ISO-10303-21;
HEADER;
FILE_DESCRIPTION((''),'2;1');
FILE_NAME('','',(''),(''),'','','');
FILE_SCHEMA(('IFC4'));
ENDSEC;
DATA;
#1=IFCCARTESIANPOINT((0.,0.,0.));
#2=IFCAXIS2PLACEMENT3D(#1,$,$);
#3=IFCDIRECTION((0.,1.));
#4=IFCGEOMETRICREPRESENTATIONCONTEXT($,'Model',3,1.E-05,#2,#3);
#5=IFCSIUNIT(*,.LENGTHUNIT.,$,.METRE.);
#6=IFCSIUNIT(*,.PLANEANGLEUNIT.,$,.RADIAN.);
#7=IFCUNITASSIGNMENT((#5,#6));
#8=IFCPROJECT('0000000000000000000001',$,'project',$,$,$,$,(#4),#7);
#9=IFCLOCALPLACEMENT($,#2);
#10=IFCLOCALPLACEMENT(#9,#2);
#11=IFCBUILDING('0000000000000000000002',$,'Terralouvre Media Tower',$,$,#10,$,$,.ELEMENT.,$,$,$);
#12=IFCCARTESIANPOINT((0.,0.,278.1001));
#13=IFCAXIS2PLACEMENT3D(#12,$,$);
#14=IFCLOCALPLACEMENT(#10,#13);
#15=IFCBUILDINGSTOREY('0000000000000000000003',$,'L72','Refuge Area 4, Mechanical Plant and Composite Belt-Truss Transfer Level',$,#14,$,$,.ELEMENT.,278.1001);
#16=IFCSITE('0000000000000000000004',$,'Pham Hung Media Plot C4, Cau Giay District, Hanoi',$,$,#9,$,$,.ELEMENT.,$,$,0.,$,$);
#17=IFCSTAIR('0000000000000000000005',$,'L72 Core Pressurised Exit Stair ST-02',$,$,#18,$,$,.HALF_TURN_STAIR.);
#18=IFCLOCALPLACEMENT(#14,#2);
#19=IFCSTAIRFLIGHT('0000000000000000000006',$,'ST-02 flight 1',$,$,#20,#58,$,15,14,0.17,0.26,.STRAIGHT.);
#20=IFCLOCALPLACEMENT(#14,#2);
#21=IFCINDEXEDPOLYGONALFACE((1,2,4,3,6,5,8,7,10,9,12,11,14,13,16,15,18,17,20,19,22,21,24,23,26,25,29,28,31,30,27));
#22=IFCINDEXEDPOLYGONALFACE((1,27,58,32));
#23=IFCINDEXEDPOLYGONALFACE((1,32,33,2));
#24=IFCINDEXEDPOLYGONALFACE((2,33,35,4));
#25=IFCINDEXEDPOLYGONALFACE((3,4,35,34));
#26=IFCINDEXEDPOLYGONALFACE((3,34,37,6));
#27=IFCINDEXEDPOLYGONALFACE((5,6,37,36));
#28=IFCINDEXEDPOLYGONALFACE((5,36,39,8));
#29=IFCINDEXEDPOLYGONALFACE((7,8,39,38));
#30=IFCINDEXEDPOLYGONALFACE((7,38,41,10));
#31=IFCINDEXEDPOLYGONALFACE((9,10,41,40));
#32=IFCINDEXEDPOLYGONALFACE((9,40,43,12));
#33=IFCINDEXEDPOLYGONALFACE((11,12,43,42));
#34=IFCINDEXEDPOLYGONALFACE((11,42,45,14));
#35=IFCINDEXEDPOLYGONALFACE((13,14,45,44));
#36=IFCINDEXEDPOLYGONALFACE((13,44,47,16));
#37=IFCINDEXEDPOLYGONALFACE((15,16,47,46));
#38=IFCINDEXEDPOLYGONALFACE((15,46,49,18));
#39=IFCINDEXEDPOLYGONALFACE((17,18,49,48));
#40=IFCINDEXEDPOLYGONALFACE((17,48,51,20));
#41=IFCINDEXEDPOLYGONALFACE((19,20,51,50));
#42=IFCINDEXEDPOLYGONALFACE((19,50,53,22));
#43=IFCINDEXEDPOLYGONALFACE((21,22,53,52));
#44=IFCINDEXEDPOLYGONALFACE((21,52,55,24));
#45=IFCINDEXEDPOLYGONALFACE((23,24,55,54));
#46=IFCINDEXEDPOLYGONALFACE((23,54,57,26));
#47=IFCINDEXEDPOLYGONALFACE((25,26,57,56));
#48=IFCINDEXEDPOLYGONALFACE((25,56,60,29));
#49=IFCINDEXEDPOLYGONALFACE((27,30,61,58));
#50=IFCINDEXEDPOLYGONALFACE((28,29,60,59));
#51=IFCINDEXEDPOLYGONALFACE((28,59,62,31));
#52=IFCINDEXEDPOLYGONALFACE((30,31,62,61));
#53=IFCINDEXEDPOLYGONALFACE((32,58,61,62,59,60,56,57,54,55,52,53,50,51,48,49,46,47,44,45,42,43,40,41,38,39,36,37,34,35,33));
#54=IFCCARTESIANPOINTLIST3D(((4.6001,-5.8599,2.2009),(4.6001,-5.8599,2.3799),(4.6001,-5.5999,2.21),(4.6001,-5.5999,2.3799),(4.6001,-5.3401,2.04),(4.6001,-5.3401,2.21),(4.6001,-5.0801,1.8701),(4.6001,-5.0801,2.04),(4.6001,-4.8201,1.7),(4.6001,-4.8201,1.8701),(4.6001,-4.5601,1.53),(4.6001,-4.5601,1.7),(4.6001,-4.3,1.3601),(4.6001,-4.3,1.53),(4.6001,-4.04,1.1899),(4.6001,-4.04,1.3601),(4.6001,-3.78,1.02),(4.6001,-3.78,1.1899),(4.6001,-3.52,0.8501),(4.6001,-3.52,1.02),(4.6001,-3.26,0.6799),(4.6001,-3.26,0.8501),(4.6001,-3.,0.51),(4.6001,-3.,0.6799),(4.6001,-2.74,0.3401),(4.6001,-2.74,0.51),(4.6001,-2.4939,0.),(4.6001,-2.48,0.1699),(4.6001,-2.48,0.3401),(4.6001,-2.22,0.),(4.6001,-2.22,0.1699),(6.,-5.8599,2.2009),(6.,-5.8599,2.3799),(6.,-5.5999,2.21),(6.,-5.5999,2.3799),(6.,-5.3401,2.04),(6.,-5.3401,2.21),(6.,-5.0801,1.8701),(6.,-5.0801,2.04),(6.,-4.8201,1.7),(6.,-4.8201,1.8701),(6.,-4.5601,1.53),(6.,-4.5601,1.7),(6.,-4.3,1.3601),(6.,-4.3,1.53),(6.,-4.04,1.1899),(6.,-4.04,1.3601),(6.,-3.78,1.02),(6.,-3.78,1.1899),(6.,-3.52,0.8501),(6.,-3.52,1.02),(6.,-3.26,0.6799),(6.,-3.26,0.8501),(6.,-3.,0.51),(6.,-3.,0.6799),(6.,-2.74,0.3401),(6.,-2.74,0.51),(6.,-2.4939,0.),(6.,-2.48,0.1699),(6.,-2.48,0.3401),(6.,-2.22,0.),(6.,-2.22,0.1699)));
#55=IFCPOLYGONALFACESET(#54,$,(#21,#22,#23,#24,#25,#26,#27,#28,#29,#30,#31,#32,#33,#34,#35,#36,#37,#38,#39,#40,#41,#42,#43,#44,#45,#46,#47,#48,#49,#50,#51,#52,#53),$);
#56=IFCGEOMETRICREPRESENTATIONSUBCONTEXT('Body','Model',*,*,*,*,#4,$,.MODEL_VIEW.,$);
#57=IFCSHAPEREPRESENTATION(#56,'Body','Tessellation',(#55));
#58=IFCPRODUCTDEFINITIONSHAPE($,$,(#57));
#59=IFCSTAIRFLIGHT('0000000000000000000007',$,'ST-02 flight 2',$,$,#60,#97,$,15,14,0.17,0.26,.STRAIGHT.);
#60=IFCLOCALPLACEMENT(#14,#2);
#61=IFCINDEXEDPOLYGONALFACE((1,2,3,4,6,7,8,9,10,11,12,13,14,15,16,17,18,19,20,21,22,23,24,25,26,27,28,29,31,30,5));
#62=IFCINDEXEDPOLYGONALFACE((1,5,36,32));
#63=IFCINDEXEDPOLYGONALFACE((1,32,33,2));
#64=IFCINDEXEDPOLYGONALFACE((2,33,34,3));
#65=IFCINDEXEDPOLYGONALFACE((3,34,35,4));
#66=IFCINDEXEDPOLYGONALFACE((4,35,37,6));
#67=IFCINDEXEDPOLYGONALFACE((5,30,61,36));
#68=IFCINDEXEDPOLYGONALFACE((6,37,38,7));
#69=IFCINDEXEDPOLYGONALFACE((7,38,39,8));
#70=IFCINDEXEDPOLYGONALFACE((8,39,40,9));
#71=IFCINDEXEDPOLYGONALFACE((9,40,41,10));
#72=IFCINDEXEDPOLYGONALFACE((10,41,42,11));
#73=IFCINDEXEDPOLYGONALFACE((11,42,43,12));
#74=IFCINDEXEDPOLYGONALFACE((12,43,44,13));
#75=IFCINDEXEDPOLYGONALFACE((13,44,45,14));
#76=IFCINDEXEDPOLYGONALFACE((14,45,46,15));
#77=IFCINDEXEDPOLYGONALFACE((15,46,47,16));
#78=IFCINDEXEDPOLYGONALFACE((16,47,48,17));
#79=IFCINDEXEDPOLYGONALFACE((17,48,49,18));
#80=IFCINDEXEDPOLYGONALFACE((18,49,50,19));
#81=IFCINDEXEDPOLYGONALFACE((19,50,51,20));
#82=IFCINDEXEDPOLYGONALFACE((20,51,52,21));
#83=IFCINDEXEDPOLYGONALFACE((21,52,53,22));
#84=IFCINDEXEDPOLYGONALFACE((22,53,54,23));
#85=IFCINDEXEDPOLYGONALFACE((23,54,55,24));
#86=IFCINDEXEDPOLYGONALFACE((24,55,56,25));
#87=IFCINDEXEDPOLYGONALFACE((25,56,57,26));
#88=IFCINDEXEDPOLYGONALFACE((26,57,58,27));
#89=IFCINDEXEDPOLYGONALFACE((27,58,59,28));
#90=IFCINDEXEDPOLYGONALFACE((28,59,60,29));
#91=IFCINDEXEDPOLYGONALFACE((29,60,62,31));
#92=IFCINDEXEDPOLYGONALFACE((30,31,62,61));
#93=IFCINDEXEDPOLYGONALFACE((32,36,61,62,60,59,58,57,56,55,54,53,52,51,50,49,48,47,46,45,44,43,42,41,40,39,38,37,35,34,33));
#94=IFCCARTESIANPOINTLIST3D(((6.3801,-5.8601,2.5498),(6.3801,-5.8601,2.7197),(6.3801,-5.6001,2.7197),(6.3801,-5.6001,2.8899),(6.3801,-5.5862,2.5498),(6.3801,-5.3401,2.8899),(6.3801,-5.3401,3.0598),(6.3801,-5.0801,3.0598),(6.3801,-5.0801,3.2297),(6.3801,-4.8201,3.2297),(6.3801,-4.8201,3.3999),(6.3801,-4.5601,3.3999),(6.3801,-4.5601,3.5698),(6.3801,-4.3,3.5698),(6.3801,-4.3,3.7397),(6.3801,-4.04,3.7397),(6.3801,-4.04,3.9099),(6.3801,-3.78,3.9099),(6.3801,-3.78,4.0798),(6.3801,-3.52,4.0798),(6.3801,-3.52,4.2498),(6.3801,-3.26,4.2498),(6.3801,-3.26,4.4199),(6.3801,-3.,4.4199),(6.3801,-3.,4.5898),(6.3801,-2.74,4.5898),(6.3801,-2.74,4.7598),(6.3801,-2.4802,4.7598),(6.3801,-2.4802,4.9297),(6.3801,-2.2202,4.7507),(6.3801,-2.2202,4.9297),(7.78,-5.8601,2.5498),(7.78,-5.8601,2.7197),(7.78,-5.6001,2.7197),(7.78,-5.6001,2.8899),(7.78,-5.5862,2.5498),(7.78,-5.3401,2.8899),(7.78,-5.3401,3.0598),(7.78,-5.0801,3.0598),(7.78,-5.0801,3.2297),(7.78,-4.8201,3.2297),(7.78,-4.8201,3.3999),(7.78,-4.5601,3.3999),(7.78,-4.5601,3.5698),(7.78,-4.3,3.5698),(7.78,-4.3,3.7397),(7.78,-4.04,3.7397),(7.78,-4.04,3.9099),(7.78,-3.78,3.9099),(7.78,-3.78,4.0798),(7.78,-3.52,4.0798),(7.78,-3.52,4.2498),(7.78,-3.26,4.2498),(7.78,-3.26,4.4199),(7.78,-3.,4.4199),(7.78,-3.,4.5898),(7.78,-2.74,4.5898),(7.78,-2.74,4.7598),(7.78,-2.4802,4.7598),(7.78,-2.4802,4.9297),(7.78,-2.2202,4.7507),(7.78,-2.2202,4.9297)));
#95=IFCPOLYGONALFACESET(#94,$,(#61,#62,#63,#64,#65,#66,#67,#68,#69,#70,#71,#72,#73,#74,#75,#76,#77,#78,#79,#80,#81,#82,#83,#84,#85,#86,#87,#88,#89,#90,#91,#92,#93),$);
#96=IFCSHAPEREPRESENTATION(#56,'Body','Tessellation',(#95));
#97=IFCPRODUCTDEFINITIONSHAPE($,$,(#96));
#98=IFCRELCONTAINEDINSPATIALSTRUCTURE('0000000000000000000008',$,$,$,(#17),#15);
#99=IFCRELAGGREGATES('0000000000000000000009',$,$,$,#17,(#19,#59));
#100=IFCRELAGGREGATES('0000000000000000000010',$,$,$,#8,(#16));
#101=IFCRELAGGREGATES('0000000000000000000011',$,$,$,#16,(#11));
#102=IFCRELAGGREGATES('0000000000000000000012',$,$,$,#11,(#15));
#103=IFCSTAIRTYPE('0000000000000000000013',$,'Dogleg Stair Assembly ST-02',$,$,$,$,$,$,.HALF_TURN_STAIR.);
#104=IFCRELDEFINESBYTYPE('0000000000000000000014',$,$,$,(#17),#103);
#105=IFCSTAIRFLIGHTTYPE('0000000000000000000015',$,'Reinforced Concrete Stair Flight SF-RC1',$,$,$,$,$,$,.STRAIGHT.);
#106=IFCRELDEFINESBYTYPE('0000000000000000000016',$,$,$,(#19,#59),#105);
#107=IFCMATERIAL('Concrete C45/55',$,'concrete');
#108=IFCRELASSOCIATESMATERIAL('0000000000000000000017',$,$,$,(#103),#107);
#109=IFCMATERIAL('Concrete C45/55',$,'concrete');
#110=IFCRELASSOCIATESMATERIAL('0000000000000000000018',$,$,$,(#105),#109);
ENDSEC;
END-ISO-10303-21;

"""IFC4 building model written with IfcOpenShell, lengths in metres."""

from ifc_helpers import new_model, si_unit, direction, frame, origin, place, context, subcontext, project, spatial, polyline, outline, extrude, material, type_object, element, aggregate, save


model = new_model("IFC4")

# Units and contexts
model_context = context("Model", 3, precision=1e-05, world=origin(), true_north=direction((0.0, 1.0)))
body_context = subcontext(model_context, "Body", "Model", "MODEL_VIEW")
ifc_project = project(units=[si_unit("LENGTHUNIT", "METRE"), si_unit("PLANEANGLEUNIT", "RADIAN")], contexts=[model_context])

# Site, building, storey
site_placement = place(None, origin())
site = spatial("IfcSite", under=ifc_project, at=site_placement, Name="Pham Hung Media Plot C4, Cau Giay District, Hanoi", CompositionType="ELEMENT", RefElevation=0.0)
building_placement = place(site_placement, origin())
building = spatial("IfcBuilding", under=site, at=building_placement, Name="Terralouvre Media Tower", CompositionType="ELEMENT")
storey_placement = place(building_placement, frame((0.0, 0.0, 278.1001)))
storey = spatial("IfcBuildingStorey", under=building, at=storey_placement, Name="L72", Description="Refuge Area 4, Mechanical Plant and Composite Belt-Truss Transfer Level", CompositionType="ELEMENT", Elevation=278.1001)

# Stair, stair flights
ifc_material_1 = material(Name="Concrete C45/55", Category="concrete")
stair_type = type_object("IfcStairType", Name="Dogleg Stair Assembly ST-02", PredefinedType="HALF_TURN_STAIR", material=ifc_material_1)
stair_placement = place(storey_placement, origin())
stair = element("IfcStair", 1, at=stair_placement, inside=storey, type_object=stair_type, Name="L72 Core Pressurised Exit Stair ST-02", PredefinedType="HALF_TURN_STAIR")
ifc_material_2 = material(Name="Concrete C45/55", Category="concrete")
stair_flight_type = type_object("IfcStairFlightType", Name="Reinforced Concrete Stair Flight SF-RC1", PredefinedType="STRAIGHT", material=ifc_material_2)
stair_flight_1_placement = place(storey_placement, frame((5.3, -2.22, 0.0), z_axis=(0.0, 0.0, 1.0), x_axis=(0.0, -1.0, 0.0)))
stair_flight_1 = element("IfcStairFlight", 2, at=stair_flight_1_placement, type_object=stair_flight_type, Name="ST-02 flight 1", NumberOfRisers=15, NumberOfTreads=14, PredefinedType="STRAIGHT", RiserHeight=0.17, TreadLength=0.26, context=body_context, shape_type="SweptSolid", body=[
    extrude(outline(polyline([(0.0, 0.0), (0.0, 0.1699), (0.26, 0.1699), (0.26, 0.3401), (0.52, 0.3401), (0.52, 0.51), (0.78, 0.51), (0.78, 0.6799), (1.04, 0.6799), (1.04, 0.8501), (1.3, 0.8501), (1.3, 1.02), (1.5601, 1.02), (1.5601, 1.1899), (1.8201, 1.1899), (1.8201, 1.3601), (2.0801, 1.3601), (2.0801, 1.53), (2.3401, 1.53), (2.3401, 1.7), (2.6001, 1.7), (2.6001, 1.8701), (2.8601, 1.8701), (2.8601, 2.04), (3.1201, 2.04), (3.1201, 2.21), (3.3799, 2.21), (3.3799, 2.3799), (3.6399, 2.3799), (3.6399, 2.55), (3.6399, 2.2009), (0.2739, 0.0), (0.0, 0.0)])), frame((0.0, 0.7, 0.0), z_axis=(0.0, -1.0, 0.0), x_axis=(1.0, 0.0, 0.0)), (0.0, 0.0, 1.0), 1.3999),
])
stair_flight_2_placement = place(storey_placement, frame((7.0801, -5.8601, 2.5498), z_axis=(0.0, 0.0, 1.0), x_axis=(0.0, 1.0, 0.0)))
stair_flight_2 = element("IfcStairFlight", 3, at=stair_flight_2_placement, type_object=stair_flight_type, Name="ST-02 flight 2", NumberOfRisers=15, NumberOfTreads=14, PredefinedType="STRAIGHT", RiserHeight=0.17, TreadLength=0.26, context=body_context, shape_type="SweptSolid", body=[
    extrude(outline(polyline([(0.0, 0.0), (0.0, 0.1699), (0.26, 0.1699), (0.26, 0.3401), (0.52, 0.3401), (0.52, 0.51), (0.78, 0.51), (0.78, 0.6799), (1.04, 0.6799), (1.04, 0.8501), (1.3, 0.8501), (1.3, 1.02), (1.5601, 1.02), (1.5601, 1.1899), (1.8201, 1.1899), (1.8201, 1.3601), (2.0801, 1.3601), (2.0801, 1.53), (2.3401, 1.53), (2.3401, 1.7), (2.6001, 1.7), (2.6001, 1.8701), (2.8601, 1.8701), (2.8601, 2.04), (3.1201, 2.04), (3.1201, 2.21), (3.3799, 2.21), (3.3799, 2.3799), (3.6399, 2.3799), (3.6399, 2.55), (3.6399, 2.2009), (0.2739, 0.0), (0.0, 0.0)])), frame((0.0, 0.7, 0.0), z_axis=(0.0, -1.0, 0.0), x_axis=(1.0, 0.0, 0.0)), (0.0, 0.0, 1.0), 1.3999),
])
aggregate(stair, [stair_flight_1, stair_flight_2])

save(model, "model.ifc")
